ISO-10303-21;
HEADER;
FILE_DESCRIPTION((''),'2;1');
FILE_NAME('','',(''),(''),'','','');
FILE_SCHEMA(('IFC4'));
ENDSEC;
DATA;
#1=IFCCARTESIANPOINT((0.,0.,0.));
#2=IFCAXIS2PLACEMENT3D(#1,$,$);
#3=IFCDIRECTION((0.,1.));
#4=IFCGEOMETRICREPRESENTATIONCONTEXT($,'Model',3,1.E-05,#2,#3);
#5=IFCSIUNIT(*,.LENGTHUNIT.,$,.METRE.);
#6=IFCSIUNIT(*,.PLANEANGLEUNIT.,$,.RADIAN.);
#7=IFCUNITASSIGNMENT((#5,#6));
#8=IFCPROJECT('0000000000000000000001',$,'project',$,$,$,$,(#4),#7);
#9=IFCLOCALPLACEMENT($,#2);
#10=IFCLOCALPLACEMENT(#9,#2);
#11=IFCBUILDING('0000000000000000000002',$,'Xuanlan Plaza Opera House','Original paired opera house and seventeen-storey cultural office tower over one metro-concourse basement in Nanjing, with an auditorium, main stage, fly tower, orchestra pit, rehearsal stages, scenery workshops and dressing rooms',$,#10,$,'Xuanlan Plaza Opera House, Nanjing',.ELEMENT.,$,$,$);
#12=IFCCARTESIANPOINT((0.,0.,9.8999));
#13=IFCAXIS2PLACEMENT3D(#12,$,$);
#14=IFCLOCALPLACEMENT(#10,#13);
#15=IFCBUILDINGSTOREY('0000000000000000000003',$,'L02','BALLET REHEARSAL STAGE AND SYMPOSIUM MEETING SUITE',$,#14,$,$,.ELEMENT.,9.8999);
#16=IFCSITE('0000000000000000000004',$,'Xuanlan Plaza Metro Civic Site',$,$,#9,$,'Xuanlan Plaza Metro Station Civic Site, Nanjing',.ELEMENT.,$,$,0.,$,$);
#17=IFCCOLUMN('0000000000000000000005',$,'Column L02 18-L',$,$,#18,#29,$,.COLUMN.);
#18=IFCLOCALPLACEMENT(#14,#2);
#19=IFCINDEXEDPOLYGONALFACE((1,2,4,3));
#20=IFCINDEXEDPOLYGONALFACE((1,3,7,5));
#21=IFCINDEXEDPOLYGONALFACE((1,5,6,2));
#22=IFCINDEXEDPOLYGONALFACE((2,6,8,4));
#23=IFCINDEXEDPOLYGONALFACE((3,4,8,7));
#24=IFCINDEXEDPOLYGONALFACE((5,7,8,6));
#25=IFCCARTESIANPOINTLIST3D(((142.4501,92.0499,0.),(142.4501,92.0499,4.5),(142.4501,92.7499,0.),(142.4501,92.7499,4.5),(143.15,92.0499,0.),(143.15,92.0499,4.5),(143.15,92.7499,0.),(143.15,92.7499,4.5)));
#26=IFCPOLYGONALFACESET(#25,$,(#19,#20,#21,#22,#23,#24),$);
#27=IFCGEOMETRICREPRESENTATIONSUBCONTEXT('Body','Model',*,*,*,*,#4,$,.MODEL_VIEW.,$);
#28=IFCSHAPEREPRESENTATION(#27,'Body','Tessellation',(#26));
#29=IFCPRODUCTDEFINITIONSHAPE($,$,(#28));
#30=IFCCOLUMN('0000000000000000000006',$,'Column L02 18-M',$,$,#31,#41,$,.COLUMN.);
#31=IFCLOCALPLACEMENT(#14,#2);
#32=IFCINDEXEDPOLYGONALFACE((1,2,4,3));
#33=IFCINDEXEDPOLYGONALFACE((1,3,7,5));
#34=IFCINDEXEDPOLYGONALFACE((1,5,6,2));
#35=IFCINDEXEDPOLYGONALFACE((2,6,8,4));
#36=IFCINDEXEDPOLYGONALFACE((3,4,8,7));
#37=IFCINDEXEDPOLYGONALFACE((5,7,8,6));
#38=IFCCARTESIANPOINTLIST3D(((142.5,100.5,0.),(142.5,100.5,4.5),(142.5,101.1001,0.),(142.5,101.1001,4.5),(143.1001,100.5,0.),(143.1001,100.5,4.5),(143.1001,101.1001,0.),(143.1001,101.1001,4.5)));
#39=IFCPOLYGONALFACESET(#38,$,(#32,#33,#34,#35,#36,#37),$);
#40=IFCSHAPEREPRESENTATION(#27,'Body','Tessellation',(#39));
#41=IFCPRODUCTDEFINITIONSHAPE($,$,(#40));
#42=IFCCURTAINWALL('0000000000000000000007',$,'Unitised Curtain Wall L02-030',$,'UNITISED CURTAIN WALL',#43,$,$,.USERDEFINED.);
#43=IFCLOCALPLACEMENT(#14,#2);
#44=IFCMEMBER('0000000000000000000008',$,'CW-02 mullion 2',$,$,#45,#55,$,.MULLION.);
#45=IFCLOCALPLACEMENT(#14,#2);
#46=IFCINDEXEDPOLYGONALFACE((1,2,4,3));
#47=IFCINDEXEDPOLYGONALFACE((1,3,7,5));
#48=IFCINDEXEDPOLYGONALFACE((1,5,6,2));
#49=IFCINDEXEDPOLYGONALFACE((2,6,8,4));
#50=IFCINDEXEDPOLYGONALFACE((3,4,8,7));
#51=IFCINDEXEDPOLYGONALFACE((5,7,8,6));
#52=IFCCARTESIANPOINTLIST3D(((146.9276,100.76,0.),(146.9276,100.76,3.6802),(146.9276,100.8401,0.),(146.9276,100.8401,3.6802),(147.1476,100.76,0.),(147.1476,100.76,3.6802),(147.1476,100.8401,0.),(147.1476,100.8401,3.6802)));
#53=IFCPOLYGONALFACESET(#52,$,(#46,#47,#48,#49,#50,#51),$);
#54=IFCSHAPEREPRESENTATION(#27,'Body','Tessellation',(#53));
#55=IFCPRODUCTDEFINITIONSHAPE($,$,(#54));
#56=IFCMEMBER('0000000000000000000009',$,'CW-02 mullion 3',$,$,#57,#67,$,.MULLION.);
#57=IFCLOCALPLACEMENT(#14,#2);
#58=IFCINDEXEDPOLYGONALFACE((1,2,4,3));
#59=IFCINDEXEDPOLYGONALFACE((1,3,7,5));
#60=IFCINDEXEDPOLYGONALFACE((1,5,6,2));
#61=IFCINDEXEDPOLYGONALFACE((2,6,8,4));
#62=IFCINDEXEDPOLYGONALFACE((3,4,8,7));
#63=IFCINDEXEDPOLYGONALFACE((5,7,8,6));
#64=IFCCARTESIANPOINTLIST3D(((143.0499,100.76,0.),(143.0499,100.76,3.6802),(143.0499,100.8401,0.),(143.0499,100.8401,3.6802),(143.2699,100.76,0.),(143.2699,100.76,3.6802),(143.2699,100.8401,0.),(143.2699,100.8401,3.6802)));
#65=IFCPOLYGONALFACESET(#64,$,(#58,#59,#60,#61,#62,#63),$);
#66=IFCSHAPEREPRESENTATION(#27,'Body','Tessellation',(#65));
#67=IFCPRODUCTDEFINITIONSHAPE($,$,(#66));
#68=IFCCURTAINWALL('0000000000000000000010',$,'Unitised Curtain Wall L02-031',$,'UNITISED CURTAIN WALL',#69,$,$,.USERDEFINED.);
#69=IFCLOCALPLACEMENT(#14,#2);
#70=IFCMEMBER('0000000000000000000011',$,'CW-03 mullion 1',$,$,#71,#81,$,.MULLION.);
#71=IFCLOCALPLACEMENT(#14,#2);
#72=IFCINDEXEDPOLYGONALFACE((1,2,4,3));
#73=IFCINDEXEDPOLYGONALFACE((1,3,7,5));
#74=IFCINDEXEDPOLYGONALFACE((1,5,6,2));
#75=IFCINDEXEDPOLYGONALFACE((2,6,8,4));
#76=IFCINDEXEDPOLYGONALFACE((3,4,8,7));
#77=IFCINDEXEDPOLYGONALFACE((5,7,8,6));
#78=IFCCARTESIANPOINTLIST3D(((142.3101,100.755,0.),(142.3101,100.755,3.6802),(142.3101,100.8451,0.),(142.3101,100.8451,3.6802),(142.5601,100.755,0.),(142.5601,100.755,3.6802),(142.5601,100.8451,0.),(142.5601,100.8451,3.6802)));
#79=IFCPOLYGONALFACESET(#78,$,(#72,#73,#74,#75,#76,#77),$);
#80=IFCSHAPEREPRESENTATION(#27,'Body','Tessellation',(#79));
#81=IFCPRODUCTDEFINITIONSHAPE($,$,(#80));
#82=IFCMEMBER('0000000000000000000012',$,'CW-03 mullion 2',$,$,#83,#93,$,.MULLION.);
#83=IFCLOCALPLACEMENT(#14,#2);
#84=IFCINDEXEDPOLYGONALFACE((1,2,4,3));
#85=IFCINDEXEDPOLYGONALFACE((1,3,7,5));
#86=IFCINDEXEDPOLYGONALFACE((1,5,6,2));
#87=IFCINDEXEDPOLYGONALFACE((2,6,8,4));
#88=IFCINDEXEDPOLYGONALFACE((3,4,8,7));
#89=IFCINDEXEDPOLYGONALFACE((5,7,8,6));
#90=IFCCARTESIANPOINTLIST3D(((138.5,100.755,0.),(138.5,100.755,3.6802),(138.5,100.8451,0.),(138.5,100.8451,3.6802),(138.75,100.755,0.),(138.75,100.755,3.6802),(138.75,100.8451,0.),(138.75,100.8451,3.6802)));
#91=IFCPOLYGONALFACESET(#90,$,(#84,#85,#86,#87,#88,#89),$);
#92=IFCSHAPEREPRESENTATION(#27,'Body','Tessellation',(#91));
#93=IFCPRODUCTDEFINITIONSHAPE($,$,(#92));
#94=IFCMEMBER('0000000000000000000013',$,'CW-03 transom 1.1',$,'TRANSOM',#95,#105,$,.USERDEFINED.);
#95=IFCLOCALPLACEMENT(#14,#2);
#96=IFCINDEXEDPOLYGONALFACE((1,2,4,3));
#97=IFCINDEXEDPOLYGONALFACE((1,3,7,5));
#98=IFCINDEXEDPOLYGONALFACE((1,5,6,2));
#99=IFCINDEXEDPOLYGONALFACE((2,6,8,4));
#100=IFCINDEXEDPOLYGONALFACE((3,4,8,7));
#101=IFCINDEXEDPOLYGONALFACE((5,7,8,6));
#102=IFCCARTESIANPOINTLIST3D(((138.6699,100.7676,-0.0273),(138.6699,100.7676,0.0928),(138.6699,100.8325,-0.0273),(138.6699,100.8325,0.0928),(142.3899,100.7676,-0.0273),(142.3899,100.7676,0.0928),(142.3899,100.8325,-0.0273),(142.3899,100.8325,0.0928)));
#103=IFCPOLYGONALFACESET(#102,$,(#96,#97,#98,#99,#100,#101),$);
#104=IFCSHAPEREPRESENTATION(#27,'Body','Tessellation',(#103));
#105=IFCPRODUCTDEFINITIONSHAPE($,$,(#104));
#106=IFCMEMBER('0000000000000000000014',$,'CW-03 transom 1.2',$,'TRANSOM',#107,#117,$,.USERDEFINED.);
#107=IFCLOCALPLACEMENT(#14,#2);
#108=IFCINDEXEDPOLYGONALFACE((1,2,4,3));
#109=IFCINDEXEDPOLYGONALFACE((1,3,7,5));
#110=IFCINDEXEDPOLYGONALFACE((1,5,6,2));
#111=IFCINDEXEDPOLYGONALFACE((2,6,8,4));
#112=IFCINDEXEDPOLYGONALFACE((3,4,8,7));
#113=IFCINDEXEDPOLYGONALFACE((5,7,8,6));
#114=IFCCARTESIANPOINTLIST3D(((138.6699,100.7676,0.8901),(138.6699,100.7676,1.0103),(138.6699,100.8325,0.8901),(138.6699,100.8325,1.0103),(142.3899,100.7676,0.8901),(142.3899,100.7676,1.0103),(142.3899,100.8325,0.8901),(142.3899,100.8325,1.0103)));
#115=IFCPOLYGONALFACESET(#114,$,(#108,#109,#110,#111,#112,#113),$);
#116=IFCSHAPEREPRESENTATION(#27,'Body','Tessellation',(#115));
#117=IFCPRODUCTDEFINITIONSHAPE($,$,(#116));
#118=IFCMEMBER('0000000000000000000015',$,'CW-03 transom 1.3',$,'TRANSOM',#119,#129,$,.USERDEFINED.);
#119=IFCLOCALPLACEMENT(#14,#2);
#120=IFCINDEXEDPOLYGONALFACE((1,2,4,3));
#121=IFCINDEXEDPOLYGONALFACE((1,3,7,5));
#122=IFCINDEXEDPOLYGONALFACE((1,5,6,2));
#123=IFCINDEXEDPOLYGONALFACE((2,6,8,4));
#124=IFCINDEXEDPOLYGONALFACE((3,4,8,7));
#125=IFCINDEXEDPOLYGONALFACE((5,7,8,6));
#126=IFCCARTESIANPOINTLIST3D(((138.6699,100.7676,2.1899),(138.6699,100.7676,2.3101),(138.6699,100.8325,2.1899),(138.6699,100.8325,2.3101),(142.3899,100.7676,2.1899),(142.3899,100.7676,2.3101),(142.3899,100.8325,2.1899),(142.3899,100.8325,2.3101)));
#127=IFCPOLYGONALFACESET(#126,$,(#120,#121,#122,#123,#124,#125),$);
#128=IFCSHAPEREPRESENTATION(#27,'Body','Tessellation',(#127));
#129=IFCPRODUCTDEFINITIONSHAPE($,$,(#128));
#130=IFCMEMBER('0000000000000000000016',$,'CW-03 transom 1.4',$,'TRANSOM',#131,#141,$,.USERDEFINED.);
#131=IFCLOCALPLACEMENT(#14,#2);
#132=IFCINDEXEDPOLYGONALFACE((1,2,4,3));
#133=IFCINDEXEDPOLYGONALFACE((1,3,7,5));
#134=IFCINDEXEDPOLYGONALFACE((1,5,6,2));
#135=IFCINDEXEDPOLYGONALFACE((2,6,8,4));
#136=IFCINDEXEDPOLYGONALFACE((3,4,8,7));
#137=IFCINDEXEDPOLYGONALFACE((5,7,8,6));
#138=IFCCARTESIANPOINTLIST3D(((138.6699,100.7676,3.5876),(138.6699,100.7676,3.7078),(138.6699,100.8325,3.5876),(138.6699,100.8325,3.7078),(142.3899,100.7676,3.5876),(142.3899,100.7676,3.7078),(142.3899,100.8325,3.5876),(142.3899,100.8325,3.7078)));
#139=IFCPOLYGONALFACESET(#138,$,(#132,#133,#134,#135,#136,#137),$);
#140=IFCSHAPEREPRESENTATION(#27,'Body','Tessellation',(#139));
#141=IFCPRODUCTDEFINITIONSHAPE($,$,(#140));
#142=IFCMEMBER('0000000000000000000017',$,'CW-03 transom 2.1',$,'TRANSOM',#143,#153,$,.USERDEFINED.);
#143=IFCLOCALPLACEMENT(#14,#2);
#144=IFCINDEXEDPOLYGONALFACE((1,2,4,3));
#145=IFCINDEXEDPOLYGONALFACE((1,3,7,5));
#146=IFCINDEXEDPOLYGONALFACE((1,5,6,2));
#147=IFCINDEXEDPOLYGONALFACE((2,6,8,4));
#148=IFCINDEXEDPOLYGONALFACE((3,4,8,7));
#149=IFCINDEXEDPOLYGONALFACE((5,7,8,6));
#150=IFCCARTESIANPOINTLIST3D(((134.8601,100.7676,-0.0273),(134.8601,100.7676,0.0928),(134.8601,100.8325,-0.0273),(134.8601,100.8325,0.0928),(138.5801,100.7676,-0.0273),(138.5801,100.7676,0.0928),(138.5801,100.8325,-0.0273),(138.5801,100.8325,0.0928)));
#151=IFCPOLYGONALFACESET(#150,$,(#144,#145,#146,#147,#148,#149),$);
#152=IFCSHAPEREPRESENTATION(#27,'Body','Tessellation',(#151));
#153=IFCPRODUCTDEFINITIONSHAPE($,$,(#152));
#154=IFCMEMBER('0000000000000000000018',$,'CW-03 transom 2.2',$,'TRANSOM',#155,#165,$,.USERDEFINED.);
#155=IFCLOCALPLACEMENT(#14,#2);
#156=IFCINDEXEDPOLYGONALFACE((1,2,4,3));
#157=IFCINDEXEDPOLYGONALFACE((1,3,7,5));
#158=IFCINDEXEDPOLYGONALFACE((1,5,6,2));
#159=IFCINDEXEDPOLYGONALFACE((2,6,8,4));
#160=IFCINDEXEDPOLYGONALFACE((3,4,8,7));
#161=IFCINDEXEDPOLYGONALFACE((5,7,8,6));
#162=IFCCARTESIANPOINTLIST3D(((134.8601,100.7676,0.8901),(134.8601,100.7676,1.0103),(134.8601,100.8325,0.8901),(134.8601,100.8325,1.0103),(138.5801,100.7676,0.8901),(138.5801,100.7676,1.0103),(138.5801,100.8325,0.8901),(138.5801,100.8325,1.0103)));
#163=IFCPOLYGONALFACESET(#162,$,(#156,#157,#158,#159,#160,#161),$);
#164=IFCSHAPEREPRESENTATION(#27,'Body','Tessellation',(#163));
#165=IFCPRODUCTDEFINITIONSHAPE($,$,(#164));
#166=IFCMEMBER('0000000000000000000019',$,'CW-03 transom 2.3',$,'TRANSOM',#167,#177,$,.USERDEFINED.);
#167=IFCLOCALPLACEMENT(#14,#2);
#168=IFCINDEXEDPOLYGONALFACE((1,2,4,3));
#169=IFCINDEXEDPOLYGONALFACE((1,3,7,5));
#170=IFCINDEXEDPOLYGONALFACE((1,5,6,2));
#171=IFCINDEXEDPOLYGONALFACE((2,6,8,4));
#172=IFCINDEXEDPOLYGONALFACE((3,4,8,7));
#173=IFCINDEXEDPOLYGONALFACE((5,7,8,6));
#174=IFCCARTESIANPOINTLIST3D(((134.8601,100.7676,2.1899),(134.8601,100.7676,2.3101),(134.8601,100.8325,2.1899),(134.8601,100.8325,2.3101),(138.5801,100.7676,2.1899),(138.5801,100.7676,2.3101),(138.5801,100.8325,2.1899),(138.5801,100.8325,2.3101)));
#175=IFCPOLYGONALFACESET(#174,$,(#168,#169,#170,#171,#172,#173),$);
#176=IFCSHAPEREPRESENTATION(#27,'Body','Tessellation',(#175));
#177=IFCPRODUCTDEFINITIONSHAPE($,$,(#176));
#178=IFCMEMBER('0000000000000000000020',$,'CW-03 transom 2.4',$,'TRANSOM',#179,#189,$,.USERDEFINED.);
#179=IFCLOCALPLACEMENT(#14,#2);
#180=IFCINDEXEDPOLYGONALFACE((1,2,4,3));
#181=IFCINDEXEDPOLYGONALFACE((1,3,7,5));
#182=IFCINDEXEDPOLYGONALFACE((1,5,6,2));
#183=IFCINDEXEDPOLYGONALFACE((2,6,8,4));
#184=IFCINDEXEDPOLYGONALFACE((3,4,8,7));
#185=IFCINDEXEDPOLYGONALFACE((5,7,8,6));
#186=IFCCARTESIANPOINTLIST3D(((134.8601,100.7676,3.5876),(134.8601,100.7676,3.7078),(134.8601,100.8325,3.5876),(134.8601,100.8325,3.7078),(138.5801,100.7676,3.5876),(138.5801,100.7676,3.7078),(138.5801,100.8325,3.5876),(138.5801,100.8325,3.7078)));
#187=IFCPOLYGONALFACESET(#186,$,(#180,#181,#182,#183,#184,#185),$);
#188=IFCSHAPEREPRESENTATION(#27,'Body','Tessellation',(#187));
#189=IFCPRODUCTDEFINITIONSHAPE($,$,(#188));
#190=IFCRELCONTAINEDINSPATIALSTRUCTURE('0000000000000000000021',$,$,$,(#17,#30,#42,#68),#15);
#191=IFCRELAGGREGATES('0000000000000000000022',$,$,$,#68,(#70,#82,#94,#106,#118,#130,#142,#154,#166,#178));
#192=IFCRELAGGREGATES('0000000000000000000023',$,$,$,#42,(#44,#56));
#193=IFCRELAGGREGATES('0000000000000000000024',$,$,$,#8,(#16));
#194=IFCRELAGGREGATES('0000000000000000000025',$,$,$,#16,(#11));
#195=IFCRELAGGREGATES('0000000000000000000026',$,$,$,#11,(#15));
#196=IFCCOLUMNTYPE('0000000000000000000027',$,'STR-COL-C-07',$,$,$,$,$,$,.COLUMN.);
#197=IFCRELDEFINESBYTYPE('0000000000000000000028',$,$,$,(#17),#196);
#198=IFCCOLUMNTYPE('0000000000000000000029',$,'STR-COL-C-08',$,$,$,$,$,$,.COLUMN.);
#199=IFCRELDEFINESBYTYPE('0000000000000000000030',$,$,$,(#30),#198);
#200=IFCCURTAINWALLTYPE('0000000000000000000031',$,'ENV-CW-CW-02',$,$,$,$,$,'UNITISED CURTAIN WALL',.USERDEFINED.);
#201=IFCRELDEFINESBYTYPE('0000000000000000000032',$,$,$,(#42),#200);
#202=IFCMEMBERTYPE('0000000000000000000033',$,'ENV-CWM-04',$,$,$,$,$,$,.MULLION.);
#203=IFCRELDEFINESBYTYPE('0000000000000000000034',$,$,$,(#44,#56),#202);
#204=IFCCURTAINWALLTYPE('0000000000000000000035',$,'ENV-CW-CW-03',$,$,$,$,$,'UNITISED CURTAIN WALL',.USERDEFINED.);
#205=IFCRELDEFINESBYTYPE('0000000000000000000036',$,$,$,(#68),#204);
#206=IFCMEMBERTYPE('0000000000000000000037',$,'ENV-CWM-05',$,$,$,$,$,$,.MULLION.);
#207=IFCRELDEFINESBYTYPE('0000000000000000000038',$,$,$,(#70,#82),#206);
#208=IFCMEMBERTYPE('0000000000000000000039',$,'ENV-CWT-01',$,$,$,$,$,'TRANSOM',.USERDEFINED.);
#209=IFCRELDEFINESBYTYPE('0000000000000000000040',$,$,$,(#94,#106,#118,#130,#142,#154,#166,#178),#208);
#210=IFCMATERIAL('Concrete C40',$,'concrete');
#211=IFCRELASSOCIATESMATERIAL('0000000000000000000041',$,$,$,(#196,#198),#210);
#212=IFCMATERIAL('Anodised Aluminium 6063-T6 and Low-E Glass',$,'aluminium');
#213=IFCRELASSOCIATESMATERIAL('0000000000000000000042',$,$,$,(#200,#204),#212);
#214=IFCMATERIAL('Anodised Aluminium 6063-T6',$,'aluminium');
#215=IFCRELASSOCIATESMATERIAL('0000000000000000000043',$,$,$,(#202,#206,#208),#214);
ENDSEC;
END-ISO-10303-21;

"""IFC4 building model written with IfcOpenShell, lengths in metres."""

from ifc_helpers import new_model, si_unit, direction, frame, origin, origin_2d, place, context, subcontext, project, spatial, rectangle, extrude, material, material_profile, profile_set, type_object, element, aggregate, save


model = new_model("IFC4")

# Units and contexts
model_context = context("Model", 3, precision=1e-05, world=origin(), true_north=direction((0.0, 1.0)))
body_context = subcontext(model_context, "Body", "Model", "MODEL_VIEW")
ifc_project = project(units=[si_unit("LENGTHUNIT", "METRE"), si_unit("PLANEANGLEUNIT", "RADIAN")], contexts=[model_context])

# Site, building, storey
site_placement = place(None, origin())
site = spatial("IfcSite", under=ifc_project, at=site_placement, Name="Xuanlan Plaza Metro Civic Site", LongName="Xuanlan Plaza Metro Station Civic Site, Nanjing", CompositionType="ELEMENT", RefElevation=0.0)
building_placement = place(site_placement, origin())
building = spatial("IfcBuilding", under=site, at=building_placement, Name="Xuanlan Plaza Opera House", Description="Original paired opera house and seventeen-storey cultural office tower over one metro-concourse basement in Nanjing, with an auditorium, main stage, fly tower, orchestra pit, rehearsal stages, scenery workshops and dressing rooms", LongName="Xuanlan Plaza Opera House, Nanjing", CompositionType="ELEMENT")
storey_placement = place(building_placement, frame((0.0, 0.0, 9.8999)))
storey = spatial("IfcBuildingStorey", under=building, at=storey_placement, Name="L02", Description="BALLET REHEARSAL STAGE AND SYMPOSIUM MEETING SUITE", CompositionType="ELEMENT", Elevation=9.8999)

# Columns
ifc_material_1 = material(Name="Concrete C40", Category="concrete")
ifc_material_profile_1 = material_profile(ifc_material_1, rectangle(XDim=0.7, YDim=0.7, at=origin_2d()), Name="RC-COL 700x700")
ifc_profile_set_1 = profile_set([ifc_material_profile_1], Name="Concrete C40")
column_type_1 = type_object("IfcColumnType", Name="STR-COL-C-07", PredefinedType="COLUMN", material=ifc_profile_set_1)
column_1_placement = place(storey_placement, frame((142.8, 92.3999, 0.0), z_axis=(0.0, 0.0, 1.0), x_axis=(1.0, 0.0, 0.0)))
element("IfcColumn", 1, at=column_1_placement, inside=storey, type_object=column_type_1, Name="Column L02 18-L", PredefinedType="COLUMN", context=body_context, shape_type="SweptSolid", body=[
    extrude(rectangle(XDim=0.7, YDim=0.7, at=origin_2d()), origin(), (0.0, 0.0, 1.0), 4.5),
])
ifc_material_profile_2 = material_profile(ifc_material_1, rectangle(XDim=0.6001, YDim=0.6001, at=origin_2d()), Name="RC-COL 600x600")
ifc_profile_set_2 = profile_set([ifc_material_profile_2], Name="Concrete C40")
column_type_2 = type_object("IfcColumnType", Name="STR-COL-C-08", PredefinedType="COLUMN", material=ifc_profile_set_2)
column_2_placement = place(storey_placement, frame((142.8, 100.8, 0.0), z_axis=(0.0, 0.0, 1.0), x_axis=(1.0, 0.0, 0.0)))
element("IfcColumn", 2, at=column_2_placement, inside=storey, type_object=column_type_2, Name="Column L02 18-M", PredefinedType="COLUMN", context=body_context, shape_type="SweptSolid", body=[
    extrude(rectangle(XDim=0.6001, YDim=0.6001, at=origin_2d()), origin(), (0.0, 0.0, 1.0), 4.5),
])

# Curtain walls, members
ifc_material_2 = material(Name="Anodised Aluminium 6063-T6 and Low-E Glass", Category="aluminium")
curtain_wall_type_1 = type_object("IfcCurtainWallType", Name="ENV-CW-CW-02", ElementType="UNITISED CURTAIN WALL", PredefinedType="USERDEFINED", material=ifc_material_2)
curtain_wall_1_placement = place(storey_placement, origin())
curtain_wall_1 = element("IfcCurtainWall", 3, at=curtain_wall_1_placement, inside=storey, type_object=curtain_wall_type_1, Name="Unitised Curtain Wall L02-030", ObjectType="UNITISED CURTAIN WALL", PredefinedType="USERDEFINED")
ifc_material_3 = material(Name="Anodised Aluminium 6063-T6", Category="aluminium")
ifc_material_profile_3 = material_profile(ifc_material_3, rectangle(XDim=0.0801, YDim=0.22, at=origin_2d()), Name="ALU-M 80x220")
ifc_profile_set_3 = profile_set([ifc_material_profile_3], Name="Anodised Aluminium 6063-T6")
member_type_1 = type_object("IfcMemberType", Name="ENV-CWM-04", PredefinedType="MULLION", material=ifc_profile_set_3)
member_1_placement = place(storey_placement, frame((147.0376, 100.8, 0.0), z_axis=(0.0, 0.0, 1.0), x_axis=(0.0, -1.0, 0.0)))
member_1 = element("IfcMember", 4, at=member_1_placement, type_object=member_type_1, Name="CW-02 mullion 2", PredefinedType="MULLION", context=body_context, shape_type="SweptSolid", body=[
    extrude(rectangle(XDim=0.0801, YDim=0.22, at=origin_2d()), origin(), (0.0, 0.0, 1.0), 3.6802),
])
member_2_placement = place(storey_placement, frame((143.1599, 100.8, 0.0), z_axis=(0.0, 0.0, 1.0), x_axis=(0.0, -1.0, 0.0)))
member_2 = element("IfcMember", 5, at=member_2_placement, type_object=member_type_1, Name="CW-02 mullion 3", PredefinedType="MULLION", context=body_context, shape_type="SweptSolid", body=[
    extrude(rectangle(XDim=0.0801, YDim=0.22, at=origin_2d()), origin(), (0.0, 0.0, 1.0), 3.6802),
])
curtain_wall_type_2 = type_object("IfcCurtainWallType", Name="ENV-CW-CW-03", ElementType="UNITISED CURTAIN WALL", PredefinedType="USERDEFINED", material=ifc_material_2)
curtain_wall_2_placement = place(storey_placement, origin())
curtain_wall_2 = element("IfcCurtainWall", 6, at=curtain_wall_2_placement, inside=storey, type_object=curtain_wall_type_2, Name="Unitised Curtain Wall L02-031", ObjectType="UNITISED CURTAIN WALL", PredefinedType="USERDEFINED")
ifc_material_profile_4 = material_profile(ifc_material_3, rectangle(XDim=0.0901, YDim=0.25, at=origin_2d()), Name="ALU-M 90x250")
ifc_profile_set_4 = profile_set([ifc_material_profile_4], Name="Anodised Aluminium 6063-T6")
member_type_2 = type_object("IfcMemberType", Name="ENV-CWM-05", PredefinedType="MULLION", material=ifc_profile_set_4)
member_3_placement = place(storey_placement, frame((142.4351, 100.8, 0.0), z_axis=(0.0, 0.0, 1.0), x_axis=(0.0, -1.0, 0.0)))
member_3 = element("IfcMember", 7, at=member_3_placement, type_object=member_type_2, Name="CW-03 mullion 1", PredefinedType="MULLION", context=body_context, shape_type="SweptSolid", body=[
    extrude(rectangle(XDim=0.0901, YDim=0.25, at=origin_2d()), origin(), (0.0, 0.0, 1.0), 3.6802),
])
member_4_placement = place(storey_placement, frame((138.625, 100.8, 0.0), z_axis=(0.0, 0.0, 1.0), x_axis=(0.0, -1.0, 0.0)))
member_4 = element("IfcMember", 8, at=member_4_placement, type_object=member_type_2, Name="CW-03 mullion 2", PredefinedType="MULLION", context=body_context, shape_type="SweptSolid", body=[
    extrude(rectangle(XDim=0.0901, YDim=0.25, at=origin_2d()), origin(), (0.0, 0.0, 1.0), 3.6802),
])
ifc_material_profile_5 = material_profile(ifc_material_3, rectangle(XDim=0.0649, YDim=0.1201, at=origin_2d()), Name="ALU-T 65x120")
ifc_profile_set_5 = profile_set([ifc_material_profile_5], Name="Anodised Aluminium 6063-T6")
member_type_3 = type_object("IfcMemberType", Name="ENV-CWT-01", ElementType="TRANSOM", PredefinedType="USERDEFINED", material=ifc_profile_set_5)
member_5_placement = place(storey_placement, frame((142.3899, 100.8, 0.0327), z_axis=(-1.0, 0.0, 0.0), x_axis=(0.0, -1.0, 0.0)))
member_5 = element("IfcMember", 9, at=member_5_placement, type_object=member_type_3, Name="CW-03 transom 1.1", ObjectType="TRANSOM", PredefinedType="USERDEFINED", context=body_context, shape_type="SweptSolid", body=[
    extrude(rectangle(XDim=0.0649, YDim=0.1201, at=origin_2d()), origin(), (0.0, 0.0, 1.0), 3.72),
])
member_6_placement = place(storey_placement, frame((142.3899, 100.8, 0.9502), z_axis=(-1.0, 0.0, 0.0), x_axis=(0.0, -1.0, 0.0)))
member_6 = element("IfcMember", 10, at=member_6_placement, type_object=member_type_3, Name="CW-03 transom 1.2", ObjectType="TRANSOM", PredefinedType="USERDEFINED", context=body_context, shape_type="SweptSolid", body=[
    extrude(rectangle(XDim=0.0649, YDim=0.1201, at=origin_2d()), origin(), (0.0, 0.0, 1.0), 3.72),
])
member_7_placement = place(storey_placement, frame((142.3899, 100.8, 2.25), z_axis=(-1.0, 0.0, 0.0), x_axis=(0.0, -1.0, 0.0)))
member_7 = element("IfcMember", 11, at=member_7_placement, type_object=member_type_3, Name="CW-03 transom 1.3", ObjectType="TRANSOM", PredefinedType="USERDEFINED", context=body_context, shape_type="SweptSolid", body=[
    extrude(rectangle(XDim=0.0649, YDim=0.1201, at=origin_2d()), origin(), (0.0, 0.0, 1.0), 3.72),
])
member_8_placement = place(storey_placement, frame((142.3899, 100.8, 3.6477), z_axis=(-1.0, 0.0, 0.0), x_axis=(0.0, -1.0, 0.0)))
member_8 = element("IfcMember", 12, at=member_8_placement, type_object=member_type_3, Name="CW-03 transom 1.4", ObjectType="TRANSOM", PredefinedType="USERDEFINED", context=body_context, shape_type="SweptSolid", body=[
    extrude(rectangle(XDim=0.0649, YDim=0.1201, at=origin_2d()), origin(), (0.0, 0.0, 1.0), 3.72),
])
member_9_placement = place(storey_placement, frame((138.5801, 100.8, 0.0327), z_axis=(-1.0, 0.0, 0.0), x_axis=(0.0, -1.0, 0.0)))
member_9 = element("IfcMember", 13, at=member_9_placement, type_object=member_type_3, Name="CW-03 transom 2.1", ObjectType="TRANSOM", PredefinedType="USERDEFINED", context=body_context, shape_type="SweptSolid", body=[
    extrude(rectangle(XDim=0.0649, YDim=0.1201, at=origin_2d()), origin(), (0.0, 0.0, 1.0), 3.72),
])
member_10_placement = place(storey_placement, frame((138.5801, 100.8, 0.9502), z_axis=(-1.0, 0.0, 0.0), x_axis=(0.0, -1.0, 0.0)))
member_10 = element("IfcMember", 14, at=member_10_placement, type_object=member_type_3, Name="CW-03 transom 2.2", ObjectType="TRANSOM", PredefinedType="USERDEFINED", context=body_context, shape_type="SweptSolid", body=[
    extrude(rectangle(XDim=0.0649, YDim=0.1201, at=origin_2d()), origin(), (0.0, 0.0, 1.0), 3.72),
])
member_11_placement = place(storey_placement, frame((138.5801, 100.8, 2.25), z_axis=(-1.0, 0.0, 0.0), x_axis=(0.0, -1.0, 0.0)))
member_11 = element("IfcMember", 15, at=member_11_placement, type_object=member_type_3, Name="CW-03 transom 2.3", ObjectType="TRANSOM", PredefinedType="USERDEFINED", context=body_context, shape_type="SweptSolid", body=[
    extrude(rectangle(XDim=0.0649, YDim=0.1201, at=origin_2d()), origin(), (0.0, 0.0, 1.0), 3.72),
])
member_12_placement = place(storey_placement, frame((138.5801, 100.8, 3.6477), z_axis=(-1.0, 0.0, 0.0), x_axis=(0.0, -1.0, 0.0)))
member_12 = element("IfcMember", 16, at=member_12_placement, type_object=member_type_3, Name="CW-03 transom 2.4", ObjectType="TRANSOM", PredefinedType="USERDEFINED", context=body_context, shape_type="SweptSolid", body=[
    extrude(rectangle(XDim=0.0649, YDim=0.1201, at=origin_2d()), origin(), (0.0, 0.0, 1.0), 3.72),
])

aggregate(curtain_wall_2, [member_3, member_4, member_5, member_6, member_7, member_8, member_9, member_10, member_11, member_12])
aggregate(curtain_wall_1, [member_1, member_2])

save(model, "model.ifc")
